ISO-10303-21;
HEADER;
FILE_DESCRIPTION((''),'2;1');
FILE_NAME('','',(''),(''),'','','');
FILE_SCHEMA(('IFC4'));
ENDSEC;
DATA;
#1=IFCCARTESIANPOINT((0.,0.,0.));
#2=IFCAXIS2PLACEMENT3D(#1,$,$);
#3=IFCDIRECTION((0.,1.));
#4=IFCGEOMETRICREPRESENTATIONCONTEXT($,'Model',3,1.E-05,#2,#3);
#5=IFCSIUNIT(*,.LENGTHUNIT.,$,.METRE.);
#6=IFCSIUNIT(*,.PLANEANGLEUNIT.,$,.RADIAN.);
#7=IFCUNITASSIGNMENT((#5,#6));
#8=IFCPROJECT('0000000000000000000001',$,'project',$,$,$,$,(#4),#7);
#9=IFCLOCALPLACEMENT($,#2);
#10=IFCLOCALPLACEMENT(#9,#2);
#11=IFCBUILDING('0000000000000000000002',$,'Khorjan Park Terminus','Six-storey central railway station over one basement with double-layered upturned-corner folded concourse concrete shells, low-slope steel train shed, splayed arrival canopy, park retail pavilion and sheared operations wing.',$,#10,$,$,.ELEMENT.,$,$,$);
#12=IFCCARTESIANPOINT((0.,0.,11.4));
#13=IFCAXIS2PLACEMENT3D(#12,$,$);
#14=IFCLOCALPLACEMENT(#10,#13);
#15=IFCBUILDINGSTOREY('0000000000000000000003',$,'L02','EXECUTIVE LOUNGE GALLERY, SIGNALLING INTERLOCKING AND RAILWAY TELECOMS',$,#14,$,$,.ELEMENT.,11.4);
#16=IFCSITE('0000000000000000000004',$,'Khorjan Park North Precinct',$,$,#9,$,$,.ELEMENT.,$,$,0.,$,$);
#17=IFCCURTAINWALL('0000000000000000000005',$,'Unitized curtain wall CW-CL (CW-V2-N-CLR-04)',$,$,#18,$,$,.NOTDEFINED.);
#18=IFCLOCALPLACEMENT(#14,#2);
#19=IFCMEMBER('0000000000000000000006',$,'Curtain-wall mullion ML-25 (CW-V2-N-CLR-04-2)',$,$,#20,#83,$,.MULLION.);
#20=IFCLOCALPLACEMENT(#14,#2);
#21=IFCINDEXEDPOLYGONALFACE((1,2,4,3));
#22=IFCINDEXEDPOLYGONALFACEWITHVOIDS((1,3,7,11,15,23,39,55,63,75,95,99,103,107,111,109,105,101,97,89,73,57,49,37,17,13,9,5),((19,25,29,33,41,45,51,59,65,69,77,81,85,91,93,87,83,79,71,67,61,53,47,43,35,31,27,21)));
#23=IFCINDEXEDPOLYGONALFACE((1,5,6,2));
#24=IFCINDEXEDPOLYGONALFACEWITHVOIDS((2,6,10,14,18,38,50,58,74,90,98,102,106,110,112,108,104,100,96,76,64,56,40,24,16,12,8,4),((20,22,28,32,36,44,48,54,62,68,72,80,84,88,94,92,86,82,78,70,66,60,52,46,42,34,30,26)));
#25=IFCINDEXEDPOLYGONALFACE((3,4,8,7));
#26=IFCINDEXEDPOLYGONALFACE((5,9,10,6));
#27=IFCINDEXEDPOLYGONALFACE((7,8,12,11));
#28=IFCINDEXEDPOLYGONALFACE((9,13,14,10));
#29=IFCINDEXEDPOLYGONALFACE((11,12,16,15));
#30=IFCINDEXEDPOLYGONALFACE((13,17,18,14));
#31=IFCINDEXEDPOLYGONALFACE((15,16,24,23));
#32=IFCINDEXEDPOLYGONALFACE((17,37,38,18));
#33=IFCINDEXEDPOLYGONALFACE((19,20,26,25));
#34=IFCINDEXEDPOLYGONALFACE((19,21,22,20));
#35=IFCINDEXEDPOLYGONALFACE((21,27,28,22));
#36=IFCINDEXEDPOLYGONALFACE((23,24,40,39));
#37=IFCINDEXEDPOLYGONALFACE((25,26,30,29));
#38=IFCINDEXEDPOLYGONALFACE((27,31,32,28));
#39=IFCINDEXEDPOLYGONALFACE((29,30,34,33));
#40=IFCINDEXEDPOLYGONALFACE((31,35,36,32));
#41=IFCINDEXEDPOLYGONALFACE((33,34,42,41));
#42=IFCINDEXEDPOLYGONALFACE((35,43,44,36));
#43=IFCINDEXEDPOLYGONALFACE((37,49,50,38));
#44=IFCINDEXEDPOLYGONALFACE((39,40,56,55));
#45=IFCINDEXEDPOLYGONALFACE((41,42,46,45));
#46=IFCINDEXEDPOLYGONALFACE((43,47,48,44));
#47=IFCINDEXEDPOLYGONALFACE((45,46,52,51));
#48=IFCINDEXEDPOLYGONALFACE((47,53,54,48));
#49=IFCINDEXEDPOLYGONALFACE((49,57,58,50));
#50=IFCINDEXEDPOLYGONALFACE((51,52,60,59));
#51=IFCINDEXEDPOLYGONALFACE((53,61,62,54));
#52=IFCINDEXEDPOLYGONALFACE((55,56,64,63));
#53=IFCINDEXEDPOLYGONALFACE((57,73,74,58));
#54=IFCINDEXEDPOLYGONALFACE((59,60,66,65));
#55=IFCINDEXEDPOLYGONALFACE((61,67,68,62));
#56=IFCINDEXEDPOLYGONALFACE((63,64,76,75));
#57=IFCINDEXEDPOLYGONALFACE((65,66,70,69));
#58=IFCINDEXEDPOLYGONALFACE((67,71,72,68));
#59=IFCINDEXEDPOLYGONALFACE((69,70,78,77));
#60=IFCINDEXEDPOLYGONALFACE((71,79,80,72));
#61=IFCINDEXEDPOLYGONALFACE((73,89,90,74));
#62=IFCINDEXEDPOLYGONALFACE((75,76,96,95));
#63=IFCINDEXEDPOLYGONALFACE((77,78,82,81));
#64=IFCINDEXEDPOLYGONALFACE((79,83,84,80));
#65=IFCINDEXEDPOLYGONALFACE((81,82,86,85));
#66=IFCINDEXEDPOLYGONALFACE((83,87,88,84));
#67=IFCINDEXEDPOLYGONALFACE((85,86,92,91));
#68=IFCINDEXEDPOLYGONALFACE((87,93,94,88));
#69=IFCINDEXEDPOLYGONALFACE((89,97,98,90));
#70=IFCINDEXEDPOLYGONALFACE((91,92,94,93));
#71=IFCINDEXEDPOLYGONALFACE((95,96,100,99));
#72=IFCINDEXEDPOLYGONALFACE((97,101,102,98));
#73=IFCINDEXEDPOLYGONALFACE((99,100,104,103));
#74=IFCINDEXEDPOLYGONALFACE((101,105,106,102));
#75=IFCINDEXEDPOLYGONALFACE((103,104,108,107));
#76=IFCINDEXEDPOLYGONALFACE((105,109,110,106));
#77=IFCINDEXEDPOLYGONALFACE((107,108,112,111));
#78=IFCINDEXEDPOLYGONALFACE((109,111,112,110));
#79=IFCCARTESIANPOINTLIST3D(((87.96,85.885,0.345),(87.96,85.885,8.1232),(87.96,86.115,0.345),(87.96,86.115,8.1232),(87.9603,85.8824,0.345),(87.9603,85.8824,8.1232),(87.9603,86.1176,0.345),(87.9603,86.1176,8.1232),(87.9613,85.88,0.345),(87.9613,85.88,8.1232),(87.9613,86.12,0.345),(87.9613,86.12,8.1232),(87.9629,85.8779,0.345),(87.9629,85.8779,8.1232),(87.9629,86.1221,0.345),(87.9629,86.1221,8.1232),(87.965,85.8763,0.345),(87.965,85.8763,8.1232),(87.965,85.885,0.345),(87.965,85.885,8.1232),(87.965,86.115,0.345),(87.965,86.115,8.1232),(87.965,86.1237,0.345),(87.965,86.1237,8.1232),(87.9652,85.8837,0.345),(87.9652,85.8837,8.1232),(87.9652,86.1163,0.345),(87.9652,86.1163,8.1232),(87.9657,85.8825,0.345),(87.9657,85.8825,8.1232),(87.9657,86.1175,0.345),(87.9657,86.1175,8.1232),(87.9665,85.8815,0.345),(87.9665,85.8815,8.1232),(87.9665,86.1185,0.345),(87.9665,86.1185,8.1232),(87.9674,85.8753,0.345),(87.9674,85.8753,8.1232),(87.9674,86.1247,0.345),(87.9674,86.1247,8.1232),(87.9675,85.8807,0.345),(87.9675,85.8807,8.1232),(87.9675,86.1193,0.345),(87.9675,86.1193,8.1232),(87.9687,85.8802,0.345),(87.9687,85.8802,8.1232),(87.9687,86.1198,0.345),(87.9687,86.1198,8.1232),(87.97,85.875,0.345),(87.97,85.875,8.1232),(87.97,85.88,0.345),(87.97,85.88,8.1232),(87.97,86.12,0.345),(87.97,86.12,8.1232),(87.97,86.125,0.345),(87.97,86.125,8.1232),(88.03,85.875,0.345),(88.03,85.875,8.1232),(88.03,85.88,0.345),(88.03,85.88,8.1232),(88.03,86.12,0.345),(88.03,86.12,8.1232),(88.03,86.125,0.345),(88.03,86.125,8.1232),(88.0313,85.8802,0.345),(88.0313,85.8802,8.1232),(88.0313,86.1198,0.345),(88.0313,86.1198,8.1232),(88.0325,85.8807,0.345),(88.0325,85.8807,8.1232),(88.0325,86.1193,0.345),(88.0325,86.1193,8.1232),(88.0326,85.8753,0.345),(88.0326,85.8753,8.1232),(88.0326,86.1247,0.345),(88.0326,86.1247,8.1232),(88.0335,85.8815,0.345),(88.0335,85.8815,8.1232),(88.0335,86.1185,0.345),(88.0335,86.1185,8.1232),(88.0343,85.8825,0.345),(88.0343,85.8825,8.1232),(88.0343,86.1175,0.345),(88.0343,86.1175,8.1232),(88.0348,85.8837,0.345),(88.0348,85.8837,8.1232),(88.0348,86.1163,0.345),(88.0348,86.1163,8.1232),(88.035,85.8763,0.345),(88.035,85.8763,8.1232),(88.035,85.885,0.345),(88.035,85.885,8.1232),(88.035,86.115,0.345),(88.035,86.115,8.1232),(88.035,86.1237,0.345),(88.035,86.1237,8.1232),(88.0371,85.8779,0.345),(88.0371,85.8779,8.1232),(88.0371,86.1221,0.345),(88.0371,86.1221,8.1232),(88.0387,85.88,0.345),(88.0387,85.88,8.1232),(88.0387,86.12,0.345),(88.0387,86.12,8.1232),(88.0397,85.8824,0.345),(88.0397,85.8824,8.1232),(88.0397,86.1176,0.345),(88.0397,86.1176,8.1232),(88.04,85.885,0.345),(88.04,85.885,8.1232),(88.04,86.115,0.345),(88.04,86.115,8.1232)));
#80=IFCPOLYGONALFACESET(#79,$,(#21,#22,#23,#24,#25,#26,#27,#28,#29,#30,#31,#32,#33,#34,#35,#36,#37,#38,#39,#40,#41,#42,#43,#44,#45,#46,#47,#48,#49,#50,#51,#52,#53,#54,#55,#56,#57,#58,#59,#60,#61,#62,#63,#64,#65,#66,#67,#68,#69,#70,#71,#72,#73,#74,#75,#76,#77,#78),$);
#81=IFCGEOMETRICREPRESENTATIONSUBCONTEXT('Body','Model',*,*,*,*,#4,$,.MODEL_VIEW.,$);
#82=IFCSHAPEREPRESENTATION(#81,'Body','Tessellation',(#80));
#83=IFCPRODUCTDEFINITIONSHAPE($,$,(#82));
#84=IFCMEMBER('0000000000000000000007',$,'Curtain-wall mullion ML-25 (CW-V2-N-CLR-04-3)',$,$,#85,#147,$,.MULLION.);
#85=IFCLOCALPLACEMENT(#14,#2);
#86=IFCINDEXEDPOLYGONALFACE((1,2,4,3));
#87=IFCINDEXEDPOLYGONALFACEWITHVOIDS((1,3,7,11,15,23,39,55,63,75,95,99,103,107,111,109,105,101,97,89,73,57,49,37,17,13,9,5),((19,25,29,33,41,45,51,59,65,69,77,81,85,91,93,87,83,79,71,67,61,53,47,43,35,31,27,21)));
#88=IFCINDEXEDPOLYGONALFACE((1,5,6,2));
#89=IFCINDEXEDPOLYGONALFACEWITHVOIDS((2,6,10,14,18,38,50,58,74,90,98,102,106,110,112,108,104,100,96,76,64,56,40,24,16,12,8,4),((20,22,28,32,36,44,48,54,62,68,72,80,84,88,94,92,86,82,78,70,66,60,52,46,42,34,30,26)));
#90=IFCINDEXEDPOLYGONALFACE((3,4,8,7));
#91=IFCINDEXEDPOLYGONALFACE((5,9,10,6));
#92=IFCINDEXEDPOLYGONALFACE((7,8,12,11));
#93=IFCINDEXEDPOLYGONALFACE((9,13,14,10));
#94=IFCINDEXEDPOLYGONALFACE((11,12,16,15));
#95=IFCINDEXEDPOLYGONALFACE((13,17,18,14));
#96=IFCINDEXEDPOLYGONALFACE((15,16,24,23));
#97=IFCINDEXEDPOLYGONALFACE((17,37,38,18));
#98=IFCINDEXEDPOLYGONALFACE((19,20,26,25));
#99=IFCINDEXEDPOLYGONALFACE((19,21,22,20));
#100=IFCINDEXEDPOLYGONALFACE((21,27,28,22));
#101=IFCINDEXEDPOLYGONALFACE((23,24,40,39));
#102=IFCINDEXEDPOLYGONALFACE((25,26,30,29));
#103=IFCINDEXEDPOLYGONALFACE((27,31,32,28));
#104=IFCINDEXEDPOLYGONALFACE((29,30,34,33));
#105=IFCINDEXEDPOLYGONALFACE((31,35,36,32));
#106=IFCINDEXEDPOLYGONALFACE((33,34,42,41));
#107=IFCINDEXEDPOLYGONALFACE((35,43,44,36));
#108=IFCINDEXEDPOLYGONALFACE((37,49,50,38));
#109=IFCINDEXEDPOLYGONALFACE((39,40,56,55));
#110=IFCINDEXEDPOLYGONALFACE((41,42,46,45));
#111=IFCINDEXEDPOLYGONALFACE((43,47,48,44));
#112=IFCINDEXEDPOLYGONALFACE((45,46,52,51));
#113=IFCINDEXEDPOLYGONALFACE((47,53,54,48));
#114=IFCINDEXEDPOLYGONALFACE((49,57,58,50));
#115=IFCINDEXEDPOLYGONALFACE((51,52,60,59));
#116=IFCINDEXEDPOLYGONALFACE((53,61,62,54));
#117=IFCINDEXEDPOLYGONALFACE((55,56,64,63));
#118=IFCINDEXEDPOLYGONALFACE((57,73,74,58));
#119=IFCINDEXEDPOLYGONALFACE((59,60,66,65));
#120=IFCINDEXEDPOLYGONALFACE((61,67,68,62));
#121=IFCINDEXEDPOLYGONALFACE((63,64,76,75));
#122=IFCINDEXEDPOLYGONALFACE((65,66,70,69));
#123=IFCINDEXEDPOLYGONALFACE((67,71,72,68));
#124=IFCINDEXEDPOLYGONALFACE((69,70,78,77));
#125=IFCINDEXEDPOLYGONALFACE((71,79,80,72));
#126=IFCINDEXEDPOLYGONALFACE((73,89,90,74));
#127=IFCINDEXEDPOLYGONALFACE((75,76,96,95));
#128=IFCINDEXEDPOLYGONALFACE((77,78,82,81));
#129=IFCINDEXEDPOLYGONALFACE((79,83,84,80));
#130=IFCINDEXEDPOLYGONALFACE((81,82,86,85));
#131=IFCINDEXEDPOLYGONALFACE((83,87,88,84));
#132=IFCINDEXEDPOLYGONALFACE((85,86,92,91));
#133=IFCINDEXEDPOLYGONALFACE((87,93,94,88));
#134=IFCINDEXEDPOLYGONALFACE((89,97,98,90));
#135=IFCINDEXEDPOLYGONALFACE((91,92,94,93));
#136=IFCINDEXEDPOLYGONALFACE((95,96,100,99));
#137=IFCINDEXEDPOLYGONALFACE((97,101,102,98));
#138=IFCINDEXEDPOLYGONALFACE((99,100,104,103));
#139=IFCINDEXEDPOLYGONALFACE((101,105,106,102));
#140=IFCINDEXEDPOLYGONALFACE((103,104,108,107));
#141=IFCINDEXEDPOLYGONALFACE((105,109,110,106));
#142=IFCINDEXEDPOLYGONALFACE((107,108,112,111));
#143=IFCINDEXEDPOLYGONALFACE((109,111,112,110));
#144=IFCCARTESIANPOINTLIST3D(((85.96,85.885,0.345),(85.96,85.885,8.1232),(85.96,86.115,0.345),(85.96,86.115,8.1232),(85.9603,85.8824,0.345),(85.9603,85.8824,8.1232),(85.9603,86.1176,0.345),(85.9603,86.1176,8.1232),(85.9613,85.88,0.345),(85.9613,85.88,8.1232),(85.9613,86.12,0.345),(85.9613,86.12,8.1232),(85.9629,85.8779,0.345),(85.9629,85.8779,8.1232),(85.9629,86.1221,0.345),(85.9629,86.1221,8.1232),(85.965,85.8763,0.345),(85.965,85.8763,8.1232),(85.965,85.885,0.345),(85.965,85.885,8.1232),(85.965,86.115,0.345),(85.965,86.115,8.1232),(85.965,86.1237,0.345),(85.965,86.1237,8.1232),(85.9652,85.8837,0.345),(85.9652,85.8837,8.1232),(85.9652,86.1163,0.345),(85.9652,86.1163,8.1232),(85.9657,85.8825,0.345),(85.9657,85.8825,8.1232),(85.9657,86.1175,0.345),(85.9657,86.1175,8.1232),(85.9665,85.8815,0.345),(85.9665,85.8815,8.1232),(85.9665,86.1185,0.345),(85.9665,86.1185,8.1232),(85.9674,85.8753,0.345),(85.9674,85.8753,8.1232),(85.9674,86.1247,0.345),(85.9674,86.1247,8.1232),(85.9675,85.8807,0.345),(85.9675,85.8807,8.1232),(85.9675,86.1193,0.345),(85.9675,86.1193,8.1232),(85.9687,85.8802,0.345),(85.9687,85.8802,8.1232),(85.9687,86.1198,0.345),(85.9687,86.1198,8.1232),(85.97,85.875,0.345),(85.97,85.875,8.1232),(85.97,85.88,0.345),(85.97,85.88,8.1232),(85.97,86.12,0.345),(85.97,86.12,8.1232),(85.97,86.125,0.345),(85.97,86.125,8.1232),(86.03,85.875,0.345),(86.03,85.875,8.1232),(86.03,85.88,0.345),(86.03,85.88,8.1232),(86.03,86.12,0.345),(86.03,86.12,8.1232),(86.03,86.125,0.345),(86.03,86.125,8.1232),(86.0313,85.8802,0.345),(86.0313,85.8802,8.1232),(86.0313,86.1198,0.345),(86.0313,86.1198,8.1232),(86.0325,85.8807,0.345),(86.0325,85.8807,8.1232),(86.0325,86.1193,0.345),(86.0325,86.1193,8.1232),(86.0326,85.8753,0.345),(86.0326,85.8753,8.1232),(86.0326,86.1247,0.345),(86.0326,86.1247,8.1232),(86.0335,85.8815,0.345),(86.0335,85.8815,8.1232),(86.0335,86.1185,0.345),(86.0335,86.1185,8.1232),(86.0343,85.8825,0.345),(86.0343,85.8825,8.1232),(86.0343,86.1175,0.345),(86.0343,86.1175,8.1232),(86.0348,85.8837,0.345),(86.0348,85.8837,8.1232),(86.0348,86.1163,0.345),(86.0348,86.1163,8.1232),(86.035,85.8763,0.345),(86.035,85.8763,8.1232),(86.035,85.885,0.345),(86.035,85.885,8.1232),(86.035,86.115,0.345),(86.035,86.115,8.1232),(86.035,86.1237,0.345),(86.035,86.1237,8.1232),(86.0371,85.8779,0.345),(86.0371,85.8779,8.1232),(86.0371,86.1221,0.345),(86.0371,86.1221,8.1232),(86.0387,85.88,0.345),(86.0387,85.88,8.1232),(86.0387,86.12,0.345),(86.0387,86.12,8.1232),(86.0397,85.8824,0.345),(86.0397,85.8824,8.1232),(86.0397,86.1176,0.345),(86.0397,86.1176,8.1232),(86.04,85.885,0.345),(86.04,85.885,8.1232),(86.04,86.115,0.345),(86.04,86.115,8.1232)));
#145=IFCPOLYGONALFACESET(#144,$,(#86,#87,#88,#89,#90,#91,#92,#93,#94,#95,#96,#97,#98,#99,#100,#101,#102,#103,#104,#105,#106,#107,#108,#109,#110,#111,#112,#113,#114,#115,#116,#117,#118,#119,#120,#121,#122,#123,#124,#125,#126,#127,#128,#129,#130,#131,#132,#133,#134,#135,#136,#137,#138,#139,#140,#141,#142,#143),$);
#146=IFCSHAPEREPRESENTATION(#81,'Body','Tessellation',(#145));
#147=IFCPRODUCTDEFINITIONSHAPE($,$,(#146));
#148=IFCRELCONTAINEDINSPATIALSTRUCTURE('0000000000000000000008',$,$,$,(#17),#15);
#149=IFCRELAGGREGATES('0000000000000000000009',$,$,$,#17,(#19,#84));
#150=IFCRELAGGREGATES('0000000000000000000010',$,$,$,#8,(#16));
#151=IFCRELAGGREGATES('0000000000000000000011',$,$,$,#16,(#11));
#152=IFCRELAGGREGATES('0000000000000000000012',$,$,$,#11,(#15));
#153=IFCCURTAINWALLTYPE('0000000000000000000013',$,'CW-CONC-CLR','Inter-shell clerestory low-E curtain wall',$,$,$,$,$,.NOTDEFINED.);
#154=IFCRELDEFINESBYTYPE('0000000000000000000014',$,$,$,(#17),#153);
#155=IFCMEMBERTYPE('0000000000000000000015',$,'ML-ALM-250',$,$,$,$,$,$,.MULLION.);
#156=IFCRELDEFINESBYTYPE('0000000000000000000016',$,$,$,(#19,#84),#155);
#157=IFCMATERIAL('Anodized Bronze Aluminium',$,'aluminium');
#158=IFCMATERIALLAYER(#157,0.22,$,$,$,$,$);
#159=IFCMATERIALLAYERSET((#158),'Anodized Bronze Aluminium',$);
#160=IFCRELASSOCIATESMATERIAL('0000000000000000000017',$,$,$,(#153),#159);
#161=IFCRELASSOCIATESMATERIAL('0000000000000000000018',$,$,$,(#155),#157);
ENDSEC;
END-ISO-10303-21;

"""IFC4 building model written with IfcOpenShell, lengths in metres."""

from ifc_helpers import new_model, si_unit, direction, frame, origin, origin_2d, place, context, subcontext, project, spatial, hollow_rectangle, extrude, material, layer, layer_set, material_profile, profile_set, type_object, element, aggregate, save


model = new_model("IFC4")

# Units and contexts
model_context = context("Model", 3, precision=1e-05, world=origin(), true_north=direction((0.0, 1.0)))
body_context = subcontext(model_context, "Body", "Model", "MODEL_VIEW")
ifc_project = project(units=[si_unit("LENGTHUNIT", "METRE"), si_unit("PLANEANGLEUNIT", "RADIAN")], contexts=[model_context])

# Site, building, storey
site_placement = place(None, origin())
site = spatial("IfcSite", under=ifc_project, at=site_placement, Name="Khorjan Park North Precinct", CompositionType="ELEMENT", RefElevation=0.0)
building_placement = place(site_placement, origin())
building = spatial("IfcBuilding", under=site, at=building_placement, Name="Khorjan Park Terminus", Description="Six-storey central railway station over one basement with double-layered upturned-corner folded concourse concrete shells, low-slope steel train shed, splayed arrival canopy, park retail pavilion and sheared operations wing.", CompositionType="ELEMENT")
storey_placement = place(building_placement, frame((0.0, 0.0, 11.4)))
storey = spatial("IfcBuildingStorey", under=building, at=storey_placement, Name="L02", Description="EXECUTIVE LOUNGE GALLERY, SIGNALLING INTERLOCKING AND RAILWAY TELECOMS", CompositionType="ELEMENT", Elevation=11.4)

# Curtain wall, members
ifc_material_1 = material(Name="Anodized Bronze Aluminium", Category="aluminium")
ifc_layer_1 = layer(ifc_material_1, 0.22)
ifc_layer_set_1 = layer_set([ifc_layer_1], Name="Anodized Bronze Aluminium")
curtain_wall_type = type_object("IfcCurtainWallType", Name="CW-CONC-CLR", Description="Inter-shell clerestory low-E curtain wall", PredefinedType="NOTDEFINED", material=ifc_layer_set_1)
ifc_material_profile_1 = material_profile(ifc_material_1, hollow_rectangle(XDim=0.08, YDim=0.25, WallThickness=0.005, InnerFilletRadius=0.005, OuterFilletRadius=0.01, at=origin_2d()), Name="ALM 80x250x5")
ifc_profile_set_1 = profile_set([ifc_material_profile_1], Name="Anodized Bronze Aluminium")
member_type_1 = type_object("IfcMemberType", Name="ML-ALM-250", PredefinedType="MULLION", material=ifc_profile_set_1)
curtain_wall_1_placement = place(storey_placement, origin())
curtain_wall_1 = element("IfcCurtainWall", 1, at=curtain_wall_1_placement, inside=storey, type_object=curtain_wall_type, Name="Unitized curtain wall CW-CL (CW-V2-N-CLR-04)", PredefinedType="NOTDEFINED")
member_1_placement = place(storey_placement, frame((88.0, 86.0, 0.345), z_axis=(0.0, 0.0, 1.0), x_axis=(-1.0, 0.0, 0.0)))
member_1 = element("IfcMember", 2, at=member_1_placement, type_object=member_type_1, Name="Curtain-wall mullion ML-25 (CW-V2-N-CLR-04-2)", PredefinedType="MULLION", context=body_context, shape_type="SweptSolid", body=[
    extrude(hollow_rectangle(XDim=0.08, YDim=0.25, WallThickness=0.005, InnerFilletRadius=0.005, OuterFilletRadius=0.01, at=origin_2d()), origin(), (0.0, 0.0, 1.0), 7.7782),
])
member_2_placement = place(storey_placement, frame((86.0, 86.0, 0.345), z_axis=(0.0, 0.0, 1.0), x_axis=(-1.0, 0.0, 0.0)))
member_2 = element("IfcMember", 3, at=member_2_placement, type_object=member_type_1, Name="Curtain-wall mullion ML-25 (CW-V2-N-CLR-04-3)", PredefinedType="MULLION", context=body_context, shape_type="SweptSolid", body=[
    extrude(hollow_rectangle(XDim=0.08, YDim=0.25, WallThickness=0.005, InnerFilletRadius=0.005, OuterFilletRadius=0.01, at=origin_2d()), origin(), (0.0, 0.0, 1.0), 7.7782),
])

aggregate(curtain_wall_1, [member_1, member_2])

save(model, "model.ifc")
